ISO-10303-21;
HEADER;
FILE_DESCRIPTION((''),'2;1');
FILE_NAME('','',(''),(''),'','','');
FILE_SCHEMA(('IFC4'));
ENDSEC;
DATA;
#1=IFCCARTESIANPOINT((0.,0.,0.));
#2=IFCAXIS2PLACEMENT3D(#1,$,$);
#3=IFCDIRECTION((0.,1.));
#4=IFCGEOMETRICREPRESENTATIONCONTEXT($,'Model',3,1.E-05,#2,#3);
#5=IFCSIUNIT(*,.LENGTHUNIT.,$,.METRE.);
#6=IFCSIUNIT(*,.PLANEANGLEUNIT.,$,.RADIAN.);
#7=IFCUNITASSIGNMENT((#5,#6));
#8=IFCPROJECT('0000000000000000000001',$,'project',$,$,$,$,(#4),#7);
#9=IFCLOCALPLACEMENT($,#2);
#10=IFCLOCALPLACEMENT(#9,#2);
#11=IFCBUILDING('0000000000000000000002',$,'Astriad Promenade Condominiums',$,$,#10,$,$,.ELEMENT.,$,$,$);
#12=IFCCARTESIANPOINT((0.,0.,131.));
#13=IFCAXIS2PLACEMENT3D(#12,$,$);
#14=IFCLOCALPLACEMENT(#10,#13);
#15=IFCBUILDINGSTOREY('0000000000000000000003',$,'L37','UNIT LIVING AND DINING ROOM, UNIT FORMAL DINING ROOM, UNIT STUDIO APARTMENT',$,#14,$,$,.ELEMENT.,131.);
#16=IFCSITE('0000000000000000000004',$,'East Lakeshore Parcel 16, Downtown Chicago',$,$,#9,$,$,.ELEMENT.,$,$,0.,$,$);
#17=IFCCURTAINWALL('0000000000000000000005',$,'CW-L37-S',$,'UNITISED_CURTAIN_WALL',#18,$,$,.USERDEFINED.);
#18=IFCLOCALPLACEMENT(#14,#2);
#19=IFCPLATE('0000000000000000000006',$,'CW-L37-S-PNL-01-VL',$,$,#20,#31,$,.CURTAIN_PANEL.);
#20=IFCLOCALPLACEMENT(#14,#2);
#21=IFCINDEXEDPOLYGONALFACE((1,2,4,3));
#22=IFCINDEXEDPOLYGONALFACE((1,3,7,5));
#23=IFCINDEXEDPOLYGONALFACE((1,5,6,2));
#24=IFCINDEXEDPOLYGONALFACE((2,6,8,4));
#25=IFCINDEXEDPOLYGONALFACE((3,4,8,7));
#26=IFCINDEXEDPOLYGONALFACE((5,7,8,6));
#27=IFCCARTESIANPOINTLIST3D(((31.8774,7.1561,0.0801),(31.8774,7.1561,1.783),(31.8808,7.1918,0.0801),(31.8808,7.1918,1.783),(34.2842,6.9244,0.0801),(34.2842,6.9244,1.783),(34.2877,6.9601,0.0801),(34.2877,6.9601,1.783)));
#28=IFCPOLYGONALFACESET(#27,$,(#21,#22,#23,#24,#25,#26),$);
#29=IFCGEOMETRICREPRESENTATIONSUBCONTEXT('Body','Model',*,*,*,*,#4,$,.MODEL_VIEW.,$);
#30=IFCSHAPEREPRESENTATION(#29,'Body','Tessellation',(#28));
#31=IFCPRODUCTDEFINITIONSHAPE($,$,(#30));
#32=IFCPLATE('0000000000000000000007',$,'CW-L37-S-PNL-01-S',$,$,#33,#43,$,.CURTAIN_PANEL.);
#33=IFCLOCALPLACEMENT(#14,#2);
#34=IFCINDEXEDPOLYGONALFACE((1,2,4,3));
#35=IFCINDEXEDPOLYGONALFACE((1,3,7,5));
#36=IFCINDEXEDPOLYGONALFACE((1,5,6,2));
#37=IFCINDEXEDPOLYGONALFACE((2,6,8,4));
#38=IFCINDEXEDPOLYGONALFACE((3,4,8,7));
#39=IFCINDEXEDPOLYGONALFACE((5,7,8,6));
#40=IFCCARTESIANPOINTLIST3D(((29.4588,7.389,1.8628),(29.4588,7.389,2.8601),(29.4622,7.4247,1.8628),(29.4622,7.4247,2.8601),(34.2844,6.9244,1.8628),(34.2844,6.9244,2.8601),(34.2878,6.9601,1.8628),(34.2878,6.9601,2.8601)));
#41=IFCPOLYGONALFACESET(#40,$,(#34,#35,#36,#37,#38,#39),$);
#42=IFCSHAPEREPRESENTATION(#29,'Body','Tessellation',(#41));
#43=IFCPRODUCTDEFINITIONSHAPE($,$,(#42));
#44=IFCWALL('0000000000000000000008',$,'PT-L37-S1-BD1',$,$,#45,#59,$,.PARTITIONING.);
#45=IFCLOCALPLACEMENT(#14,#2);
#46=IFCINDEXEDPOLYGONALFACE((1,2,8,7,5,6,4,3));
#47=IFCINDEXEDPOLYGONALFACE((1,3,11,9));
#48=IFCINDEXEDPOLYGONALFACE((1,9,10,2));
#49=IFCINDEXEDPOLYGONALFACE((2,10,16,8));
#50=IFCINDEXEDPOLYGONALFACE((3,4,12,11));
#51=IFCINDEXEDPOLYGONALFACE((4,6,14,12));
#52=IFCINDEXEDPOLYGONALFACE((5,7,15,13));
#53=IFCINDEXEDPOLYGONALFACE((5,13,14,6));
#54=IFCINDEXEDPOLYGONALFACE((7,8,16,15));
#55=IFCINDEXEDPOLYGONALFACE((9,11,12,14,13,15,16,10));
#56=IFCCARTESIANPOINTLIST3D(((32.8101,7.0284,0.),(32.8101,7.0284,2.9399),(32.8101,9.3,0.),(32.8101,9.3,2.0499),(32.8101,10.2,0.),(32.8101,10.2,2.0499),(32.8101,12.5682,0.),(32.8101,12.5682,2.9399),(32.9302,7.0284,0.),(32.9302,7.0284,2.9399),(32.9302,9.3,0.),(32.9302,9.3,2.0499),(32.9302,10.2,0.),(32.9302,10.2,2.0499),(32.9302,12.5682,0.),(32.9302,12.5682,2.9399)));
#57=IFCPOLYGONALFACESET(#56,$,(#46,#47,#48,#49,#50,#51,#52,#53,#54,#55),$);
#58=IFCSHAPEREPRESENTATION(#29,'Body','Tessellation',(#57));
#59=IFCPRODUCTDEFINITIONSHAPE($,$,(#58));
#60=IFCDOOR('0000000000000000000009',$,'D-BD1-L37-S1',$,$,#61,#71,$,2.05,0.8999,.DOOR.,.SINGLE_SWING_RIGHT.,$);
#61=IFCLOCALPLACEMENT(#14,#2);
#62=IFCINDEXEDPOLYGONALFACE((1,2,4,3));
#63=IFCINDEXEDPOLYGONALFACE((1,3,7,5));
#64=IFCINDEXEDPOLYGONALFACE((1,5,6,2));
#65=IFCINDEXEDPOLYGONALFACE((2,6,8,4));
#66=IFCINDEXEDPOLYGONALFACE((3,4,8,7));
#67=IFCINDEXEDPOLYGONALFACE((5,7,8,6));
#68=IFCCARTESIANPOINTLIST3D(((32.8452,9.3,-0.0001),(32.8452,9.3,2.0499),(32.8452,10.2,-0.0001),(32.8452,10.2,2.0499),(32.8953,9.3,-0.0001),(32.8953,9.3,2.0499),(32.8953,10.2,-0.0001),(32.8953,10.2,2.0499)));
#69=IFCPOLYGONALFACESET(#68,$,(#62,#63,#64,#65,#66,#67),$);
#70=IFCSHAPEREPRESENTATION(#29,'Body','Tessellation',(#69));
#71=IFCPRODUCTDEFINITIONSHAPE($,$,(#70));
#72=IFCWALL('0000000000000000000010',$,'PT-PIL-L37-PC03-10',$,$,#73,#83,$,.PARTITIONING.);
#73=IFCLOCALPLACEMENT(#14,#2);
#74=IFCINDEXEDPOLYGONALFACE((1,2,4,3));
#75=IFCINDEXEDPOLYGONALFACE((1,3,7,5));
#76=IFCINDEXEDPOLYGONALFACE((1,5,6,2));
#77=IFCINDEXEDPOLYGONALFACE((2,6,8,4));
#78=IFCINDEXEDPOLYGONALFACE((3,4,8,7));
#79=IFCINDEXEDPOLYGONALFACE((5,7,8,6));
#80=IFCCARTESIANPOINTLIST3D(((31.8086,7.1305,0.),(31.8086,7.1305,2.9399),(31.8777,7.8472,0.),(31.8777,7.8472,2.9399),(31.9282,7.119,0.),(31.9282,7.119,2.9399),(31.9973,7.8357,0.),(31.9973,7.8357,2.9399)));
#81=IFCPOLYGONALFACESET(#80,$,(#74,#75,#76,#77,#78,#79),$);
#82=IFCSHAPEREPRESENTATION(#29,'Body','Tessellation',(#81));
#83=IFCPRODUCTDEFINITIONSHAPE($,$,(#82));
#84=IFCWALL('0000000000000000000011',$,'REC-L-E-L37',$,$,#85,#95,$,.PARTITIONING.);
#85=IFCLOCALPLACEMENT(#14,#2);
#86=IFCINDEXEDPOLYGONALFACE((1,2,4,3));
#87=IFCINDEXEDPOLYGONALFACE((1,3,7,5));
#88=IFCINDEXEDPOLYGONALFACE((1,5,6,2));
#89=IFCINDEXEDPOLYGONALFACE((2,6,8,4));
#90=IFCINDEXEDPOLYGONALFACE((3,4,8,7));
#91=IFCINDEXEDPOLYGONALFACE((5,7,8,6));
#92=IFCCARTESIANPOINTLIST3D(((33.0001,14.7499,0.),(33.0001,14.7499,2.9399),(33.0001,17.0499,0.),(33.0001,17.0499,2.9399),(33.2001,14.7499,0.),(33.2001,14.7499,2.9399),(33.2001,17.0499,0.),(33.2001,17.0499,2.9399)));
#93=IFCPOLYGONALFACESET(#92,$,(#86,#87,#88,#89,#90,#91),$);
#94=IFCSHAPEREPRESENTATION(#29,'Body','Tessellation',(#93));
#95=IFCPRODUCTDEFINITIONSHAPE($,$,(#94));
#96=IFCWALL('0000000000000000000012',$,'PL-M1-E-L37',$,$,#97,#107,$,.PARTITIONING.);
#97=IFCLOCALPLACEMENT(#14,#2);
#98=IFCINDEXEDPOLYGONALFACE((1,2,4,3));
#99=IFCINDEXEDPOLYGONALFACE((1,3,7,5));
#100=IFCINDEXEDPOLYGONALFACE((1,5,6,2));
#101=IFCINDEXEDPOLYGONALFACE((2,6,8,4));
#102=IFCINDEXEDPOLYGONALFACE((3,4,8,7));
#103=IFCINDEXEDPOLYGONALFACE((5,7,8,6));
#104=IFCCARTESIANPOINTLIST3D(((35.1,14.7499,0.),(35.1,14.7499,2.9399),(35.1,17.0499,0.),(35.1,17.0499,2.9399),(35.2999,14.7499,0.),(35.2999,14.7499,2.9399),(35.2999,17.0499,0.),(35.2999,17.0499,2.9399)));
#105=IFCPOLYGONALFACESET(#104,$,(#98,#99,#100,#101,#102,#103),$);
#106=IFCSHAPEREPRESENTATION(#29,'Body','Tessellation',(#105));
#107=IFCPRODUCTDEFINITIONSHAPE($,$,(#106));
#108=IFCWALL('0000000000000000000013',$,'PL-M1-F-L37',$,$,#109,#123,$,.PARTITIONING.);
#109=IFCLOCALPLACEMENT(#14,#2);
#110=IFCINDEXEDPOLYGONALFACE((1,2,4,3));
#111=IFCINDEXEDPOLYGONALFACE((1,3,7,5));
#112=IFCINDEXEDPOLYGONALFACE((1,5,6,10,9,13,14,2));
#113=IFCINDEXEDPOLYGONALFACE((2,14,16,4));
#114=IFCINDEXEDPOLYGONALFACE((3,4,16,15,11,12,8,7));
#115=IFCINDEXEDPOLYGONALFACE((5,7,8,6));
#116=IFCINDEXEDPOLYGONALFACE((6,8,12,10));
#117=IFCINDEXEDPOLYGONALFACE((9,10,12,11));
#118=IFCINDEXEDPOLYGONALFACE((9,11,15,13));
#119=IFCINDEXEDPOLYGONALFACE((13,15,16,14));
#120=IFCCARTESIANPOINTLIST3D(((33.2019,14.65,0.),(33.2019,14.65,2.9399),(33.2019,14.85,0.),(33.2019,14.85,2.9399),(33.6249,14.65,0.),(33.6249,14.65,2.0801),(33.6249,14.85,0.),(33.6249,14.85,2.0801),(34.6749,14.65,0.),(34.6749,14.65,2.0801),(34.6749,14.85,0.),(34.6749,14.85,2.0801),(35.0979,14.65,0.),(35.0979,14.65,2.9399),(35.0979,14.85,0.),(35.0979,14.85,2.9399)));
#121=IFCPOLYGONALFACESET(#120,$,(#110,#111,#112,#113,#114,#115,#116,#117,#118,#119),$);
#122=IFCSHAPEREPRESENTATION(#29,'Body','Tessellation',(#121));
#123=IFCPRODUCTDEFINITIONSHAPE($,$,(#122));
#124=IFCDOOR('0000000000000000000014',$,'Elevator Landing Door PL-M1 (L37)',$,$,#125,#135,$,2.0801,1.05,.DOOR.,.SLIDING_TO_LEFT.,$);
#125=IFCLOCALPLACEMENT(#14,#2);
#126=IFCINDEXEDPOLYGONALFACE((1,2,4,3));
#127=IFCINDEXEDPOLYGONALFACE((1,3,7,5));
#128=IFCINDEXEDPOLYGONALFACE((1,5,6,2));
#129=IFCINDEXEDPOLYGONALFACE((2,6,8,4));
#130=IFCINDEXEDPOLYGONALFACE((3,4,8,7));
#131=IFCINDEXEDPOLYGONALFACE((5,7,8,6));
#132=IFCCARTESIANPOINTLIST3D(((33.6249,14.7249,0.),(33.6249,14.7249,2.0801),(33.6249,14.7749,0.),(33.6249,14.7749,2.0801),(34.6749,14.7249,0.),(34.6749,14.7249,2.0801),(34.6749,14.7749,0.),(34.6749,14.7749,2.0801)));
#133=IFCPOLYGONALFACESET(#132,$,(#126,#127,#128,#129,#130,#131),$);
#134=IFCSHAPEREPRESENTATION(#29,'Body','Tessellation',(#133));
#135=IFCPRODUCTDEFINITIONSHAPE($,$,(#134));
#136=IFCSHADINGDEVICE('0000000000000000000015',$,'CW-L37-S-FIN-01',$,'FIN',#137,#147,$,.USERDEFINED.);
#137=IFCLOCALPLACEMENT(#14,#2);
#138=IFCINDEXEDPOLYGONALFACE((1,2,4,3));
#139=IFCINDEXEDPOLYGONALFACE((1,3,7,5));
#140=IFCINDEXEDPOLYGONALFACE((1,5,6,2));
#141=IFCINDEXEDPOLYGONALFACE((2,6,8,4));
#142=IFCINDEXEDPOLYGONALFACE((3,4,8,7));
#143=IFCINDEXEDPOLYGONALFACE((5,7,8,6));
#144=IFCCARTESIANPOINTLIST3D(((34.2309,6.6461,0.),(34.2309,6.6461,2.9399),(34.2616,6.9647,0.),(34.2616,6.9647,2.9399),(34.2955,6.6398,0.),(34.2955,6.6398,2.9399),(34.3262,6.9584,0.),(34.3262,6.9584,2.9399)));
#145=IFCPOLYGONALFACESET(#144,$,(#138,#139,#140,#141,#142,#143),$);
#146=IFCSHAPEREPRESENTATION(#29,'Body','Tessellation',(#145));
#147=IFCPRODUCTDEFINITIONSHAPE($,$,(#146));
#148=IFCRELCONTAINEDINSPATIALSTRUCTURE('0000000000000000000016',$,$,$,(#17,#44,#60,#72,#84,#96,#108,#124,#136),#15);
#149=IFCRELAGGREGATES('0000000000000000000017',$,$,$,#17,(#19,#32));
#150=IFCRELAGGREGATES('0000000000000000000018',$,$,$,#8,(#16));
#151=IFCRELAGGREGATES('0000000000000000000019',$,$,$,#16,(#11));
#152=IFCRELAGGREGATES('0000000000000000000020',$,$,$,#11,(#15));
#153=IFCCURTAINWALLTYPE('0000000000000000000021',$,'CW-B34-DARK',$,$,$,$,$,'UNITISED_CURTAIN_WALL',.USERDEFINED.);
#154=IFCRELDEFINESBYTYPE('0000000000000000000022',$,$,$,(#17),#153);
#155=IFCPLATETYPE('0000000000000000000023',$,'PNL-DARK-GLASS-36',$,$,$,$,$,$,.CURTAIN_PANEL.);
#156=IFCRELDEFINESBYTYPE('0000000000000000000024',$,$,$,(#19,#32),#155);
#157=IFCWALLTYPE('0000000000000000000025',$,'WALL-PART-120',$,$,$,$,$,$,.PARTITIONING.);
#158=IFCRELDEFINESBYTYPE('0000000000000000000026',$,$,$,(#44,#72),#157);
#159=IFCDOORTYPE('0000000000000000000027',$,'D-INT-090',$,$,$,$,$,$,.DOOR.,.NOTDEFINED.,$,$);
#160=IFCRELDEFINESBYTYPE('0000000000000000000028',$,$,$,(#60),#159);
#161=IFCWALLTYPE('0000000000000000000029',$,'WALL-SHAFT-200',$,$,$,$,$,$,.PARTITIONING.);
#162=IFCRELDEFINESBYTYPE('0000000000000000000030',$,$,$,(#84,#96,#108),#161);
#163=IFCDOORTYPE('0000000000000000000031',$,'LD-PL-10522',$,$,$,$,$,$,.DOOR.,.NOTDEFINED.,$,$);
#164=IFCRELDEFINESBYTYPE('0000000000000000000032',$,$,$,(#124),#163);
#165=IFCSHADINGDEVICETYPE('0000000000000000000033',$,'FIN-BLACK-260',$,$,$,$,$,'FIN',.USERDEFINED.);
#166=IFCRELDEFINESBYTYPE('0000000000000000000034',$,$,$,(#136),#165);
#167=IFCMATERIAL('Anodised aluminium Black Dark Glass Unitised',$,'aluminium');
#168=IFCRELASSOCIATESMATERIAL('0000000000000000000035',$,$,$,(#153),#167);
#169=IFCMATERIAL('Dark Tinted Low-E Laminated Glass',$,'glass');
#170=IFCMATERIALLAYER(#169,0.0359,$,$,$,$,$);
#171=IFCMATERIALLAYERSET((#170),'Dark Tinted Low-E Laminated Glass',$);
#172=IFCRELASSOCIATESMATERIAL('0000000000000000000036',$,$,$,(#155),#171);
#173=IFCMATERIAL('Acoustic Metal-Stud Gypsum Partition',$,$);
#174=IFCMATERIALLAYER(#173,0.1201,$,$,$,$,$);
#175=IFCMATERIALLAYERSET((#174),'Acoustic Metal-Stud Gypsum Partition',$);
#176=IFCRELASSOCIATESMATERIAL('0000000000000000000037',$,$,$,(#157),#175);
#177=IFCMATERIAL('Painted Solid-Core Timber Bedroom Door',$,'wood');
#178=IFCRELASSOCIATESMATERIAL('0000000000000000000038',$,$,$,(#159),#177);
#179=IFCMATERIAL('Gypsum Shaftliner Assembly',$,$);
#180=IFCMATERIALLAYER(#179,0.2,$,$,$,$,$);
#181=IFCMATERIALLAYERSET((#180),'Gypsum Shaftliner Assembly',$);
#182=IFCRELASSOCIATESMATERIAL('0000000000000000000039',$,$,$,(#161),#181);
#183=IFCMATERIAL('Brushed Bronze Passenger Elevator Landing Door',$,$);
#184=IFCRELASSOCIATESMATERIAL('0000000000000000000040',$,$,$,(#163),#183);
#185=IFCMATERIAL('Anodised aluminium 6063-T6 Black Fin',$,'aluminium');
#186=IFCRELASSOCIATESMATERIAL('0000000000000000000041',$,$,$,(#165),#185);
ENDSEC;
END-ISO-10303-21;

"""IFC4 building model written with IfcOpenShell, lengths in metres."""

from ifc_helpers import new_model, si_unit, direction, frame, frame_2d, origin, origin_2d, place, context, subcontext, project, spatial, rectangle, extrude, source, transform, mapped, material, layer, layer_set, type_object, type_shapes, element, fill, aggregate, save


model = new_model("IFC4")

# Units and contexts
model_context = context("Model", 3, precision=1e-05, world=origin(), true_north=direction((0.0, 1.0)))
body_context = subcontext(model_context, "Body", "Model", "MODEL_VIEW")
ifc_project = project(units=[si_unit("LENGTHUNIT", "METRE"), si_unit("PLANEANGLEUNIT", "RADIAN")], contexts=[model_context])

# Site, building, storey
site_placement = place(None, origin())
site = spatial("IfcSite", under=ifc_project, at=site_placement, Name="East Lakeshore Parcel 16, Downtown Chicago", CompositionType="ELEMENT", RefElevation=0.0)
building_placement = place(site_placement, origin())
building = spatial("IfcBuilding", under=site, at=building_placement, Name="Astriad Promenade Condominiums", CompositionType="ELEMENT")
storey_placement = place(building_placement, frame((0.0, 0.0, 131.0)))
storey = spatial("IfcBuildingStorey", under=building, at=storey_placement, Name="L37", Description="UNIT LIVING AND DINING ROOM, UNIT FORMAL DINING ROOM, UNIT STUDIO APARTMENT", CompositionType="ELEMENT", Elevation=131.0)

# Curtain wall, plates
ifc_material_1 = material(Name="Anodised aluminium Black Dark Glass Unitised", Category="aluminium")
curtain_wall_type = type_object("IfcCurtainWallType", Name="CW-B34-DARK", ElementType="UNITISED_CURTAIN_WALL", PredefinedType="USERDEFINED", material=ifc_material_1)
curtain_wall_placement = place(storey_placement, origin())
curtain_wall = element("IfcCurtainWall", 1, at=curtain_wall_placement, inside=storey, type_object=curtain_wall_type, Name="CW-L37-S", ObjectType="UNITISED_CURTAIN_WALL", PredefinedType="USERDEFINED")
ifc_material_2 = material(Name="Dark Tinted Low-E Laminated Glass", Category="glass")
ifc_layer_1 = layer(ifc_material_2, 0.0359)
ifc_layer_set_1 = layer_set([ifc_layer_1], Name="Dark Tinted Low-E Laminated Glass")
plate_type = type_object("IfcPlateType", Name="PNL-DARK-GLASS-36", PredefinedType="CURTAIN_PANEL", material=ifc_layer_set_1)
shared_shape_1 = source(origin(), body_context, "Body", "SweptSolid", [
    extrude(rectangle(XDim=2.418, YDim=0.0359, at=origin_2d()), origin(), (0.0, 0.0, 1.0), 1.7029),
])
plate_1_placement = place(storey_placement, frame((33.0825, 7.0581, 0.0801), z_axis=(0.0, 0.0, 1.0), x_axis=(-0.995396, 0.095846, 0.0)))
plate_1 = element("IfcPlate", 2, at=plate_1_placement, type_object=plate_type, Name="CW-L37-S-PNL-01-VL", PredefinedType="CURTAIN_PANEL", context=body_context, shape_type="MappedRepresentation", body=[
    mapped(shared_shape_1, transform((0.0, 0.0, 0.0), scale=1.0)),
])
shared_shape_2 = source(origin(), body_context, "Body", "SweptSolid", [
    extrude(rectangle(XDim=4.8479, YDim=0.0359, at=origin_2d()), origin(), (0.0, 0.0, 1.0), 0.9973),
])
type_shapes(plate_type, [shared_shape_1, shared_shape_2])
plate_2_placement = place(storey_placement, frame((31.8733, 7.1746, 1.8628), z_axis=(0.0, 0.0, 1.0), x_axis=(-0.995396, 0.095846, 0.0)))
plate_2 = element("IfcPlate", 3, at=plate_2_placement, type_object=plate_type, Name="CW-L37-S-PNL-01-S", PredefinedType="CURTAIN_PANEL", context=body_context, shape_type="MappedRepresentation", body=[
    mapped(shared_shape_2, transform((0.0, 0.0, 0.0), scale=1.0)),
])
aggregate(curtain_wall, [plate_1, plate_2])

# Wall, opening, door
ifc_material_3 = material(Name="Acoustic Metal-Stud Gypsum Partition")
ifc_layer_2 = layer(ifc_material_3, 0.1201)
ifc_layer_set_2 = layer_set([ifc_layer_2], Name="Acoustic Metal-Stud Gypsum Partition")
wall_type_1 = type_object("IfcWallType", Name="WALL-PART-120", PredefinedType="PARTITIONING", material=ifc_layer_set_2)
wall_1_placement = place(storey_placement, frame((32.8701, 7.0283, 0.0), z_axis=(0.0, 0.0, 1.0), x_axis=(0.0, 1.0, 0.0)))
wall_1 = element("IfcWall", 4, at=wall_1_placement, inside=storey, type_object=wall_type_1, Name="PT-L37-S1-BD1", PredefinedType="PARTITIONING", context=body_context, shape_type="SweptSolid", body=[
    extrude(rectangle(XDim=5.5398, YDim=0.1201, at=frame_2d((2.77, 0.0))), origin(), (0.0, 0.0, 1.0), 2.9399),
])
opening_1_placement = place(wall_1_placement, frame((2.2717, 0.0, 0.0)))
opening_1 = element("IfcOpeningElement", 5, at=opening_1_placement, cuts=wall_1, PredefinedType="OPENING", context=body_context, shape_type="SweptSolid", body=[
    extrude(rectangle(XDim=0.8999, YDim=2.05, at=frame_2d((0.45, 1.0249))), frame((0.0, 0.0701, 0.0), z_axis=(0.0, -1.0, 0.0), x_axis=(1.0, 0.0, 0.0)), (0.0, 0.0, 1.0), 0.1401),
])
ifc_material_4 = material(Name="Painted Solid-Core Timber Bedroom Door", Category="wood")
door_type_1 = type_object("IfcDoorType", Name="D-INT-090", OperationType="NOTDEFINED", PredefinedType="DOOR", material=ifc_material_4)
shared_shape_3 = source(origin(), body_context, "Body", "SweptSolid", [
    extrude(rectangle(XDim=0.8999, YDim=2.05, at=frame_2d((0.45, 1.0249))), frame((0.0, 0.0249, 0.0), z_axis=(0.0, -1.0, 0.0), x_axis=(1.0, 0.0, 0.0)), (0.0, 0.0, 1.0), 0.05),
])
type_shapes(door_type_1, [shared_shape_3])
door_1_placement = place(opening_1_placement, origin())
door_1 = element("IfcDoor", 6, at=door_1_placement, inside=storey, type_object=door_type_1, Name="D-BD1-L37-S1", OperationType="SINGLE_SWING_RIGHT", OverallHeight=2.05, OverallWidth=0.8999, PredefinedType="DOOR", context=body_context, shape_type="MappedRepresentation", body=[
    mapped(shared_shape_3, transform((0.0, 0.0, 0.0), scale=1.0)),
])
fill(opening_1, door_1)

# Walls
wall_2_placement = place(storey_placement, frame((31.9375, 7.8413, 0.0), z_axis=(0.0, 0.0, 1.0), x_axis=(-0.095977, -0.995384, 0.0)))
element("IfcWall", 7, at=wall_2_placement, inside=storey, type_object=wall_type_1, Name="PT-PIL-L37-PC03-10", PredefinedType="PARTITIONING", context=body_context, shape_type="SweptSolid", body=[
    extrude(rectangle(XDim=0.72, YDim=0.1201, at=frame_2d((0.3599, 0.0))), origin(), (0.0, 0.0, 1.0), 2.9399),
])
ifc_material_5 = material(Name="Gypsum Shaftliner Assembly")
ifc_layer_3 = layer(ifc_material_5, 0.2)
ifc_layer_set_3 = layer_set([ifc_layer_3], Name="Gypsum Shaftliner Assembly")
wall_type_2 = type_object("IfcWallType", Name="WALL-SHAFT-200", PredefinedType="PARTITIONING", material=ifc_layer_set_3)
for number, where, z_axis, x_axis, name in (
    (8, (33.1001, 14.75, 0.0), (0.0, 0.0, 1.0), (0.0, 1.0, 0.0), "REC-L-E-L37"),
    (9, (35.2, 14.75, 0.0), (0.0, 0.0, 1.0), (0.0, 1.0, 0.0), "PL-M1-E-L37"),
):
    element("IfcWall", number, at=place(storey_placement, frame(where, z_axis=z_axis, x_axis=x_axis)), inside=storey, type_object=wall_type_2, Name=name, PredefinedType="PARTITIONING", context=body_context, shape_type="SweptSolid", body=[
        extrude(rectangle(XDim=2.3, YDim=0.2, at=frame_2d((1.1499, 0.0))), origin(), (0.0, 0.0, 1.0), 2.9399),
    ])

# Wall, opening, door
wall_3_placement = place(storey_placement, frame((33.2019, 14.75, 0.0), z_axis=(0.0, 0.0, 1.0), x_axis=(1.0, 0.0, 0.0)))
wall_3 = element("IfcWall", 10, at=wall_3_placement, inside=storey, type_object=wall_type_2, Name="PL-M1-F-L37", PredefinedType="PARTITIONING", context=body_context, shape_type="SweptSolid", body=[
    extrude(rectangle(XDim=1.896, YDim=0.2, at=frame_2d((0.948, 0.0))), origin(), (0.0, 0.0, 1.0), 2.9399),
])
opening_2_placement = place(wall_3_placement, frame((0.4231, 0.0, 0.0)))
opening_2 = element("IfcOpeningElement", 11, at=opening_2_placement, cuts=wall_3, PredefinedType="OPENING", context=body_context, shape_type="SweptSolid", body=[
    extrude(rectangle(XDim=1.05, YDim=2.0801, at=frame_2d((0.5249, 1.04))), frame((0.0, 0.1099, 0.0), z_axis=(0.0, -1.0, 0.0), x_axis=(1.0, 0.0, 0.0)), (0.0, 0.0, 1.0), 0.22),
])
ifc_material_6 = material(Name="Brushed Bronze Passenger Elevator Landing Door")
door_type_2 = type_object("IfcDoorType", Name="LD-PL-10522", OperationType="NOTDEFINED", PredefinedType="DOOR", material=ifc_material_6)
shared_shape_4 = source(origin(), body_context, "Body", "SweptSolid", [
    extrude(rectangle(XDim=1.05, YDim=2.0801, at=frame_2d((0.5249, 1.04))), frame((0.0, 0.0249, 0.0), z_axis=(0.0, -1.0, 0.0), x_axis=(1.0, 0.0, 0.0)), (0.0, 0.0, 1.0), 0.05),
])
type_shapes(door_type_2, [shared_shape_4])
door_2_placement = place(opening_2_placement, origin())
door_2 = element("IfcDoor", 12, at=door_2_placement, inside=storey, type_object=door_type_2, Name="Elevator Landing Door PL-M1 (L37)", OperationType="SLIDING_TO_LEFT", OverallHeight=2.0801, OverallWidth=1.05, PredefinedType="DOOR", context=body_context, shape_type="MappedRepresentation", body=[
    mapped(shared_shape_4, transform((0.0, 0.0, 0.0), scale=1.0)),
])
fill(opening_2, door_2)

# Shading device
ifc_material_7 = material(Name="Anodised aluminium 6063-T6 Black Fin", Category="aluminium")
shading_device_type = type_object("IfcShadingDeviceType", Name="FIN-BLACK-260", ElementType="FIN", PredefinedType="USERDEFINED", material=ifc_material_7)
shared_shape_5 = source(origin(), body_context, "Body", "SweptSolid", [
    extrude(rectangle(XDim=0.0649, YDim=0.3201, at=origin_2d()), origin(), (0.0, 0.0, 1.0), 2.9399),
])
type_shapes(shading_device_type, [shared_shape_5])
shading_device_placement = place(storey_placement, frame((34.2786, 6.8022, 0.0), z_axis=(0.0, 0.0, 1.0), x_axis=(-0.995396, 0.095846, 0.0)))
element("IfcShadingDevice", 13, at=shading_device_placement, inside=storey, type_object=shading_device_type, Name="CW-L37-S-FIN-01", ObjectType="FIN", PredefinedType="USERDEFINED", context=body_context, shape_type="MappedRepresentation", body=[
    mapped(shared_shape_5, transform((0.0, 0.0, 0.0), scale=1.0)),
])

save(model, "model.ifc")
